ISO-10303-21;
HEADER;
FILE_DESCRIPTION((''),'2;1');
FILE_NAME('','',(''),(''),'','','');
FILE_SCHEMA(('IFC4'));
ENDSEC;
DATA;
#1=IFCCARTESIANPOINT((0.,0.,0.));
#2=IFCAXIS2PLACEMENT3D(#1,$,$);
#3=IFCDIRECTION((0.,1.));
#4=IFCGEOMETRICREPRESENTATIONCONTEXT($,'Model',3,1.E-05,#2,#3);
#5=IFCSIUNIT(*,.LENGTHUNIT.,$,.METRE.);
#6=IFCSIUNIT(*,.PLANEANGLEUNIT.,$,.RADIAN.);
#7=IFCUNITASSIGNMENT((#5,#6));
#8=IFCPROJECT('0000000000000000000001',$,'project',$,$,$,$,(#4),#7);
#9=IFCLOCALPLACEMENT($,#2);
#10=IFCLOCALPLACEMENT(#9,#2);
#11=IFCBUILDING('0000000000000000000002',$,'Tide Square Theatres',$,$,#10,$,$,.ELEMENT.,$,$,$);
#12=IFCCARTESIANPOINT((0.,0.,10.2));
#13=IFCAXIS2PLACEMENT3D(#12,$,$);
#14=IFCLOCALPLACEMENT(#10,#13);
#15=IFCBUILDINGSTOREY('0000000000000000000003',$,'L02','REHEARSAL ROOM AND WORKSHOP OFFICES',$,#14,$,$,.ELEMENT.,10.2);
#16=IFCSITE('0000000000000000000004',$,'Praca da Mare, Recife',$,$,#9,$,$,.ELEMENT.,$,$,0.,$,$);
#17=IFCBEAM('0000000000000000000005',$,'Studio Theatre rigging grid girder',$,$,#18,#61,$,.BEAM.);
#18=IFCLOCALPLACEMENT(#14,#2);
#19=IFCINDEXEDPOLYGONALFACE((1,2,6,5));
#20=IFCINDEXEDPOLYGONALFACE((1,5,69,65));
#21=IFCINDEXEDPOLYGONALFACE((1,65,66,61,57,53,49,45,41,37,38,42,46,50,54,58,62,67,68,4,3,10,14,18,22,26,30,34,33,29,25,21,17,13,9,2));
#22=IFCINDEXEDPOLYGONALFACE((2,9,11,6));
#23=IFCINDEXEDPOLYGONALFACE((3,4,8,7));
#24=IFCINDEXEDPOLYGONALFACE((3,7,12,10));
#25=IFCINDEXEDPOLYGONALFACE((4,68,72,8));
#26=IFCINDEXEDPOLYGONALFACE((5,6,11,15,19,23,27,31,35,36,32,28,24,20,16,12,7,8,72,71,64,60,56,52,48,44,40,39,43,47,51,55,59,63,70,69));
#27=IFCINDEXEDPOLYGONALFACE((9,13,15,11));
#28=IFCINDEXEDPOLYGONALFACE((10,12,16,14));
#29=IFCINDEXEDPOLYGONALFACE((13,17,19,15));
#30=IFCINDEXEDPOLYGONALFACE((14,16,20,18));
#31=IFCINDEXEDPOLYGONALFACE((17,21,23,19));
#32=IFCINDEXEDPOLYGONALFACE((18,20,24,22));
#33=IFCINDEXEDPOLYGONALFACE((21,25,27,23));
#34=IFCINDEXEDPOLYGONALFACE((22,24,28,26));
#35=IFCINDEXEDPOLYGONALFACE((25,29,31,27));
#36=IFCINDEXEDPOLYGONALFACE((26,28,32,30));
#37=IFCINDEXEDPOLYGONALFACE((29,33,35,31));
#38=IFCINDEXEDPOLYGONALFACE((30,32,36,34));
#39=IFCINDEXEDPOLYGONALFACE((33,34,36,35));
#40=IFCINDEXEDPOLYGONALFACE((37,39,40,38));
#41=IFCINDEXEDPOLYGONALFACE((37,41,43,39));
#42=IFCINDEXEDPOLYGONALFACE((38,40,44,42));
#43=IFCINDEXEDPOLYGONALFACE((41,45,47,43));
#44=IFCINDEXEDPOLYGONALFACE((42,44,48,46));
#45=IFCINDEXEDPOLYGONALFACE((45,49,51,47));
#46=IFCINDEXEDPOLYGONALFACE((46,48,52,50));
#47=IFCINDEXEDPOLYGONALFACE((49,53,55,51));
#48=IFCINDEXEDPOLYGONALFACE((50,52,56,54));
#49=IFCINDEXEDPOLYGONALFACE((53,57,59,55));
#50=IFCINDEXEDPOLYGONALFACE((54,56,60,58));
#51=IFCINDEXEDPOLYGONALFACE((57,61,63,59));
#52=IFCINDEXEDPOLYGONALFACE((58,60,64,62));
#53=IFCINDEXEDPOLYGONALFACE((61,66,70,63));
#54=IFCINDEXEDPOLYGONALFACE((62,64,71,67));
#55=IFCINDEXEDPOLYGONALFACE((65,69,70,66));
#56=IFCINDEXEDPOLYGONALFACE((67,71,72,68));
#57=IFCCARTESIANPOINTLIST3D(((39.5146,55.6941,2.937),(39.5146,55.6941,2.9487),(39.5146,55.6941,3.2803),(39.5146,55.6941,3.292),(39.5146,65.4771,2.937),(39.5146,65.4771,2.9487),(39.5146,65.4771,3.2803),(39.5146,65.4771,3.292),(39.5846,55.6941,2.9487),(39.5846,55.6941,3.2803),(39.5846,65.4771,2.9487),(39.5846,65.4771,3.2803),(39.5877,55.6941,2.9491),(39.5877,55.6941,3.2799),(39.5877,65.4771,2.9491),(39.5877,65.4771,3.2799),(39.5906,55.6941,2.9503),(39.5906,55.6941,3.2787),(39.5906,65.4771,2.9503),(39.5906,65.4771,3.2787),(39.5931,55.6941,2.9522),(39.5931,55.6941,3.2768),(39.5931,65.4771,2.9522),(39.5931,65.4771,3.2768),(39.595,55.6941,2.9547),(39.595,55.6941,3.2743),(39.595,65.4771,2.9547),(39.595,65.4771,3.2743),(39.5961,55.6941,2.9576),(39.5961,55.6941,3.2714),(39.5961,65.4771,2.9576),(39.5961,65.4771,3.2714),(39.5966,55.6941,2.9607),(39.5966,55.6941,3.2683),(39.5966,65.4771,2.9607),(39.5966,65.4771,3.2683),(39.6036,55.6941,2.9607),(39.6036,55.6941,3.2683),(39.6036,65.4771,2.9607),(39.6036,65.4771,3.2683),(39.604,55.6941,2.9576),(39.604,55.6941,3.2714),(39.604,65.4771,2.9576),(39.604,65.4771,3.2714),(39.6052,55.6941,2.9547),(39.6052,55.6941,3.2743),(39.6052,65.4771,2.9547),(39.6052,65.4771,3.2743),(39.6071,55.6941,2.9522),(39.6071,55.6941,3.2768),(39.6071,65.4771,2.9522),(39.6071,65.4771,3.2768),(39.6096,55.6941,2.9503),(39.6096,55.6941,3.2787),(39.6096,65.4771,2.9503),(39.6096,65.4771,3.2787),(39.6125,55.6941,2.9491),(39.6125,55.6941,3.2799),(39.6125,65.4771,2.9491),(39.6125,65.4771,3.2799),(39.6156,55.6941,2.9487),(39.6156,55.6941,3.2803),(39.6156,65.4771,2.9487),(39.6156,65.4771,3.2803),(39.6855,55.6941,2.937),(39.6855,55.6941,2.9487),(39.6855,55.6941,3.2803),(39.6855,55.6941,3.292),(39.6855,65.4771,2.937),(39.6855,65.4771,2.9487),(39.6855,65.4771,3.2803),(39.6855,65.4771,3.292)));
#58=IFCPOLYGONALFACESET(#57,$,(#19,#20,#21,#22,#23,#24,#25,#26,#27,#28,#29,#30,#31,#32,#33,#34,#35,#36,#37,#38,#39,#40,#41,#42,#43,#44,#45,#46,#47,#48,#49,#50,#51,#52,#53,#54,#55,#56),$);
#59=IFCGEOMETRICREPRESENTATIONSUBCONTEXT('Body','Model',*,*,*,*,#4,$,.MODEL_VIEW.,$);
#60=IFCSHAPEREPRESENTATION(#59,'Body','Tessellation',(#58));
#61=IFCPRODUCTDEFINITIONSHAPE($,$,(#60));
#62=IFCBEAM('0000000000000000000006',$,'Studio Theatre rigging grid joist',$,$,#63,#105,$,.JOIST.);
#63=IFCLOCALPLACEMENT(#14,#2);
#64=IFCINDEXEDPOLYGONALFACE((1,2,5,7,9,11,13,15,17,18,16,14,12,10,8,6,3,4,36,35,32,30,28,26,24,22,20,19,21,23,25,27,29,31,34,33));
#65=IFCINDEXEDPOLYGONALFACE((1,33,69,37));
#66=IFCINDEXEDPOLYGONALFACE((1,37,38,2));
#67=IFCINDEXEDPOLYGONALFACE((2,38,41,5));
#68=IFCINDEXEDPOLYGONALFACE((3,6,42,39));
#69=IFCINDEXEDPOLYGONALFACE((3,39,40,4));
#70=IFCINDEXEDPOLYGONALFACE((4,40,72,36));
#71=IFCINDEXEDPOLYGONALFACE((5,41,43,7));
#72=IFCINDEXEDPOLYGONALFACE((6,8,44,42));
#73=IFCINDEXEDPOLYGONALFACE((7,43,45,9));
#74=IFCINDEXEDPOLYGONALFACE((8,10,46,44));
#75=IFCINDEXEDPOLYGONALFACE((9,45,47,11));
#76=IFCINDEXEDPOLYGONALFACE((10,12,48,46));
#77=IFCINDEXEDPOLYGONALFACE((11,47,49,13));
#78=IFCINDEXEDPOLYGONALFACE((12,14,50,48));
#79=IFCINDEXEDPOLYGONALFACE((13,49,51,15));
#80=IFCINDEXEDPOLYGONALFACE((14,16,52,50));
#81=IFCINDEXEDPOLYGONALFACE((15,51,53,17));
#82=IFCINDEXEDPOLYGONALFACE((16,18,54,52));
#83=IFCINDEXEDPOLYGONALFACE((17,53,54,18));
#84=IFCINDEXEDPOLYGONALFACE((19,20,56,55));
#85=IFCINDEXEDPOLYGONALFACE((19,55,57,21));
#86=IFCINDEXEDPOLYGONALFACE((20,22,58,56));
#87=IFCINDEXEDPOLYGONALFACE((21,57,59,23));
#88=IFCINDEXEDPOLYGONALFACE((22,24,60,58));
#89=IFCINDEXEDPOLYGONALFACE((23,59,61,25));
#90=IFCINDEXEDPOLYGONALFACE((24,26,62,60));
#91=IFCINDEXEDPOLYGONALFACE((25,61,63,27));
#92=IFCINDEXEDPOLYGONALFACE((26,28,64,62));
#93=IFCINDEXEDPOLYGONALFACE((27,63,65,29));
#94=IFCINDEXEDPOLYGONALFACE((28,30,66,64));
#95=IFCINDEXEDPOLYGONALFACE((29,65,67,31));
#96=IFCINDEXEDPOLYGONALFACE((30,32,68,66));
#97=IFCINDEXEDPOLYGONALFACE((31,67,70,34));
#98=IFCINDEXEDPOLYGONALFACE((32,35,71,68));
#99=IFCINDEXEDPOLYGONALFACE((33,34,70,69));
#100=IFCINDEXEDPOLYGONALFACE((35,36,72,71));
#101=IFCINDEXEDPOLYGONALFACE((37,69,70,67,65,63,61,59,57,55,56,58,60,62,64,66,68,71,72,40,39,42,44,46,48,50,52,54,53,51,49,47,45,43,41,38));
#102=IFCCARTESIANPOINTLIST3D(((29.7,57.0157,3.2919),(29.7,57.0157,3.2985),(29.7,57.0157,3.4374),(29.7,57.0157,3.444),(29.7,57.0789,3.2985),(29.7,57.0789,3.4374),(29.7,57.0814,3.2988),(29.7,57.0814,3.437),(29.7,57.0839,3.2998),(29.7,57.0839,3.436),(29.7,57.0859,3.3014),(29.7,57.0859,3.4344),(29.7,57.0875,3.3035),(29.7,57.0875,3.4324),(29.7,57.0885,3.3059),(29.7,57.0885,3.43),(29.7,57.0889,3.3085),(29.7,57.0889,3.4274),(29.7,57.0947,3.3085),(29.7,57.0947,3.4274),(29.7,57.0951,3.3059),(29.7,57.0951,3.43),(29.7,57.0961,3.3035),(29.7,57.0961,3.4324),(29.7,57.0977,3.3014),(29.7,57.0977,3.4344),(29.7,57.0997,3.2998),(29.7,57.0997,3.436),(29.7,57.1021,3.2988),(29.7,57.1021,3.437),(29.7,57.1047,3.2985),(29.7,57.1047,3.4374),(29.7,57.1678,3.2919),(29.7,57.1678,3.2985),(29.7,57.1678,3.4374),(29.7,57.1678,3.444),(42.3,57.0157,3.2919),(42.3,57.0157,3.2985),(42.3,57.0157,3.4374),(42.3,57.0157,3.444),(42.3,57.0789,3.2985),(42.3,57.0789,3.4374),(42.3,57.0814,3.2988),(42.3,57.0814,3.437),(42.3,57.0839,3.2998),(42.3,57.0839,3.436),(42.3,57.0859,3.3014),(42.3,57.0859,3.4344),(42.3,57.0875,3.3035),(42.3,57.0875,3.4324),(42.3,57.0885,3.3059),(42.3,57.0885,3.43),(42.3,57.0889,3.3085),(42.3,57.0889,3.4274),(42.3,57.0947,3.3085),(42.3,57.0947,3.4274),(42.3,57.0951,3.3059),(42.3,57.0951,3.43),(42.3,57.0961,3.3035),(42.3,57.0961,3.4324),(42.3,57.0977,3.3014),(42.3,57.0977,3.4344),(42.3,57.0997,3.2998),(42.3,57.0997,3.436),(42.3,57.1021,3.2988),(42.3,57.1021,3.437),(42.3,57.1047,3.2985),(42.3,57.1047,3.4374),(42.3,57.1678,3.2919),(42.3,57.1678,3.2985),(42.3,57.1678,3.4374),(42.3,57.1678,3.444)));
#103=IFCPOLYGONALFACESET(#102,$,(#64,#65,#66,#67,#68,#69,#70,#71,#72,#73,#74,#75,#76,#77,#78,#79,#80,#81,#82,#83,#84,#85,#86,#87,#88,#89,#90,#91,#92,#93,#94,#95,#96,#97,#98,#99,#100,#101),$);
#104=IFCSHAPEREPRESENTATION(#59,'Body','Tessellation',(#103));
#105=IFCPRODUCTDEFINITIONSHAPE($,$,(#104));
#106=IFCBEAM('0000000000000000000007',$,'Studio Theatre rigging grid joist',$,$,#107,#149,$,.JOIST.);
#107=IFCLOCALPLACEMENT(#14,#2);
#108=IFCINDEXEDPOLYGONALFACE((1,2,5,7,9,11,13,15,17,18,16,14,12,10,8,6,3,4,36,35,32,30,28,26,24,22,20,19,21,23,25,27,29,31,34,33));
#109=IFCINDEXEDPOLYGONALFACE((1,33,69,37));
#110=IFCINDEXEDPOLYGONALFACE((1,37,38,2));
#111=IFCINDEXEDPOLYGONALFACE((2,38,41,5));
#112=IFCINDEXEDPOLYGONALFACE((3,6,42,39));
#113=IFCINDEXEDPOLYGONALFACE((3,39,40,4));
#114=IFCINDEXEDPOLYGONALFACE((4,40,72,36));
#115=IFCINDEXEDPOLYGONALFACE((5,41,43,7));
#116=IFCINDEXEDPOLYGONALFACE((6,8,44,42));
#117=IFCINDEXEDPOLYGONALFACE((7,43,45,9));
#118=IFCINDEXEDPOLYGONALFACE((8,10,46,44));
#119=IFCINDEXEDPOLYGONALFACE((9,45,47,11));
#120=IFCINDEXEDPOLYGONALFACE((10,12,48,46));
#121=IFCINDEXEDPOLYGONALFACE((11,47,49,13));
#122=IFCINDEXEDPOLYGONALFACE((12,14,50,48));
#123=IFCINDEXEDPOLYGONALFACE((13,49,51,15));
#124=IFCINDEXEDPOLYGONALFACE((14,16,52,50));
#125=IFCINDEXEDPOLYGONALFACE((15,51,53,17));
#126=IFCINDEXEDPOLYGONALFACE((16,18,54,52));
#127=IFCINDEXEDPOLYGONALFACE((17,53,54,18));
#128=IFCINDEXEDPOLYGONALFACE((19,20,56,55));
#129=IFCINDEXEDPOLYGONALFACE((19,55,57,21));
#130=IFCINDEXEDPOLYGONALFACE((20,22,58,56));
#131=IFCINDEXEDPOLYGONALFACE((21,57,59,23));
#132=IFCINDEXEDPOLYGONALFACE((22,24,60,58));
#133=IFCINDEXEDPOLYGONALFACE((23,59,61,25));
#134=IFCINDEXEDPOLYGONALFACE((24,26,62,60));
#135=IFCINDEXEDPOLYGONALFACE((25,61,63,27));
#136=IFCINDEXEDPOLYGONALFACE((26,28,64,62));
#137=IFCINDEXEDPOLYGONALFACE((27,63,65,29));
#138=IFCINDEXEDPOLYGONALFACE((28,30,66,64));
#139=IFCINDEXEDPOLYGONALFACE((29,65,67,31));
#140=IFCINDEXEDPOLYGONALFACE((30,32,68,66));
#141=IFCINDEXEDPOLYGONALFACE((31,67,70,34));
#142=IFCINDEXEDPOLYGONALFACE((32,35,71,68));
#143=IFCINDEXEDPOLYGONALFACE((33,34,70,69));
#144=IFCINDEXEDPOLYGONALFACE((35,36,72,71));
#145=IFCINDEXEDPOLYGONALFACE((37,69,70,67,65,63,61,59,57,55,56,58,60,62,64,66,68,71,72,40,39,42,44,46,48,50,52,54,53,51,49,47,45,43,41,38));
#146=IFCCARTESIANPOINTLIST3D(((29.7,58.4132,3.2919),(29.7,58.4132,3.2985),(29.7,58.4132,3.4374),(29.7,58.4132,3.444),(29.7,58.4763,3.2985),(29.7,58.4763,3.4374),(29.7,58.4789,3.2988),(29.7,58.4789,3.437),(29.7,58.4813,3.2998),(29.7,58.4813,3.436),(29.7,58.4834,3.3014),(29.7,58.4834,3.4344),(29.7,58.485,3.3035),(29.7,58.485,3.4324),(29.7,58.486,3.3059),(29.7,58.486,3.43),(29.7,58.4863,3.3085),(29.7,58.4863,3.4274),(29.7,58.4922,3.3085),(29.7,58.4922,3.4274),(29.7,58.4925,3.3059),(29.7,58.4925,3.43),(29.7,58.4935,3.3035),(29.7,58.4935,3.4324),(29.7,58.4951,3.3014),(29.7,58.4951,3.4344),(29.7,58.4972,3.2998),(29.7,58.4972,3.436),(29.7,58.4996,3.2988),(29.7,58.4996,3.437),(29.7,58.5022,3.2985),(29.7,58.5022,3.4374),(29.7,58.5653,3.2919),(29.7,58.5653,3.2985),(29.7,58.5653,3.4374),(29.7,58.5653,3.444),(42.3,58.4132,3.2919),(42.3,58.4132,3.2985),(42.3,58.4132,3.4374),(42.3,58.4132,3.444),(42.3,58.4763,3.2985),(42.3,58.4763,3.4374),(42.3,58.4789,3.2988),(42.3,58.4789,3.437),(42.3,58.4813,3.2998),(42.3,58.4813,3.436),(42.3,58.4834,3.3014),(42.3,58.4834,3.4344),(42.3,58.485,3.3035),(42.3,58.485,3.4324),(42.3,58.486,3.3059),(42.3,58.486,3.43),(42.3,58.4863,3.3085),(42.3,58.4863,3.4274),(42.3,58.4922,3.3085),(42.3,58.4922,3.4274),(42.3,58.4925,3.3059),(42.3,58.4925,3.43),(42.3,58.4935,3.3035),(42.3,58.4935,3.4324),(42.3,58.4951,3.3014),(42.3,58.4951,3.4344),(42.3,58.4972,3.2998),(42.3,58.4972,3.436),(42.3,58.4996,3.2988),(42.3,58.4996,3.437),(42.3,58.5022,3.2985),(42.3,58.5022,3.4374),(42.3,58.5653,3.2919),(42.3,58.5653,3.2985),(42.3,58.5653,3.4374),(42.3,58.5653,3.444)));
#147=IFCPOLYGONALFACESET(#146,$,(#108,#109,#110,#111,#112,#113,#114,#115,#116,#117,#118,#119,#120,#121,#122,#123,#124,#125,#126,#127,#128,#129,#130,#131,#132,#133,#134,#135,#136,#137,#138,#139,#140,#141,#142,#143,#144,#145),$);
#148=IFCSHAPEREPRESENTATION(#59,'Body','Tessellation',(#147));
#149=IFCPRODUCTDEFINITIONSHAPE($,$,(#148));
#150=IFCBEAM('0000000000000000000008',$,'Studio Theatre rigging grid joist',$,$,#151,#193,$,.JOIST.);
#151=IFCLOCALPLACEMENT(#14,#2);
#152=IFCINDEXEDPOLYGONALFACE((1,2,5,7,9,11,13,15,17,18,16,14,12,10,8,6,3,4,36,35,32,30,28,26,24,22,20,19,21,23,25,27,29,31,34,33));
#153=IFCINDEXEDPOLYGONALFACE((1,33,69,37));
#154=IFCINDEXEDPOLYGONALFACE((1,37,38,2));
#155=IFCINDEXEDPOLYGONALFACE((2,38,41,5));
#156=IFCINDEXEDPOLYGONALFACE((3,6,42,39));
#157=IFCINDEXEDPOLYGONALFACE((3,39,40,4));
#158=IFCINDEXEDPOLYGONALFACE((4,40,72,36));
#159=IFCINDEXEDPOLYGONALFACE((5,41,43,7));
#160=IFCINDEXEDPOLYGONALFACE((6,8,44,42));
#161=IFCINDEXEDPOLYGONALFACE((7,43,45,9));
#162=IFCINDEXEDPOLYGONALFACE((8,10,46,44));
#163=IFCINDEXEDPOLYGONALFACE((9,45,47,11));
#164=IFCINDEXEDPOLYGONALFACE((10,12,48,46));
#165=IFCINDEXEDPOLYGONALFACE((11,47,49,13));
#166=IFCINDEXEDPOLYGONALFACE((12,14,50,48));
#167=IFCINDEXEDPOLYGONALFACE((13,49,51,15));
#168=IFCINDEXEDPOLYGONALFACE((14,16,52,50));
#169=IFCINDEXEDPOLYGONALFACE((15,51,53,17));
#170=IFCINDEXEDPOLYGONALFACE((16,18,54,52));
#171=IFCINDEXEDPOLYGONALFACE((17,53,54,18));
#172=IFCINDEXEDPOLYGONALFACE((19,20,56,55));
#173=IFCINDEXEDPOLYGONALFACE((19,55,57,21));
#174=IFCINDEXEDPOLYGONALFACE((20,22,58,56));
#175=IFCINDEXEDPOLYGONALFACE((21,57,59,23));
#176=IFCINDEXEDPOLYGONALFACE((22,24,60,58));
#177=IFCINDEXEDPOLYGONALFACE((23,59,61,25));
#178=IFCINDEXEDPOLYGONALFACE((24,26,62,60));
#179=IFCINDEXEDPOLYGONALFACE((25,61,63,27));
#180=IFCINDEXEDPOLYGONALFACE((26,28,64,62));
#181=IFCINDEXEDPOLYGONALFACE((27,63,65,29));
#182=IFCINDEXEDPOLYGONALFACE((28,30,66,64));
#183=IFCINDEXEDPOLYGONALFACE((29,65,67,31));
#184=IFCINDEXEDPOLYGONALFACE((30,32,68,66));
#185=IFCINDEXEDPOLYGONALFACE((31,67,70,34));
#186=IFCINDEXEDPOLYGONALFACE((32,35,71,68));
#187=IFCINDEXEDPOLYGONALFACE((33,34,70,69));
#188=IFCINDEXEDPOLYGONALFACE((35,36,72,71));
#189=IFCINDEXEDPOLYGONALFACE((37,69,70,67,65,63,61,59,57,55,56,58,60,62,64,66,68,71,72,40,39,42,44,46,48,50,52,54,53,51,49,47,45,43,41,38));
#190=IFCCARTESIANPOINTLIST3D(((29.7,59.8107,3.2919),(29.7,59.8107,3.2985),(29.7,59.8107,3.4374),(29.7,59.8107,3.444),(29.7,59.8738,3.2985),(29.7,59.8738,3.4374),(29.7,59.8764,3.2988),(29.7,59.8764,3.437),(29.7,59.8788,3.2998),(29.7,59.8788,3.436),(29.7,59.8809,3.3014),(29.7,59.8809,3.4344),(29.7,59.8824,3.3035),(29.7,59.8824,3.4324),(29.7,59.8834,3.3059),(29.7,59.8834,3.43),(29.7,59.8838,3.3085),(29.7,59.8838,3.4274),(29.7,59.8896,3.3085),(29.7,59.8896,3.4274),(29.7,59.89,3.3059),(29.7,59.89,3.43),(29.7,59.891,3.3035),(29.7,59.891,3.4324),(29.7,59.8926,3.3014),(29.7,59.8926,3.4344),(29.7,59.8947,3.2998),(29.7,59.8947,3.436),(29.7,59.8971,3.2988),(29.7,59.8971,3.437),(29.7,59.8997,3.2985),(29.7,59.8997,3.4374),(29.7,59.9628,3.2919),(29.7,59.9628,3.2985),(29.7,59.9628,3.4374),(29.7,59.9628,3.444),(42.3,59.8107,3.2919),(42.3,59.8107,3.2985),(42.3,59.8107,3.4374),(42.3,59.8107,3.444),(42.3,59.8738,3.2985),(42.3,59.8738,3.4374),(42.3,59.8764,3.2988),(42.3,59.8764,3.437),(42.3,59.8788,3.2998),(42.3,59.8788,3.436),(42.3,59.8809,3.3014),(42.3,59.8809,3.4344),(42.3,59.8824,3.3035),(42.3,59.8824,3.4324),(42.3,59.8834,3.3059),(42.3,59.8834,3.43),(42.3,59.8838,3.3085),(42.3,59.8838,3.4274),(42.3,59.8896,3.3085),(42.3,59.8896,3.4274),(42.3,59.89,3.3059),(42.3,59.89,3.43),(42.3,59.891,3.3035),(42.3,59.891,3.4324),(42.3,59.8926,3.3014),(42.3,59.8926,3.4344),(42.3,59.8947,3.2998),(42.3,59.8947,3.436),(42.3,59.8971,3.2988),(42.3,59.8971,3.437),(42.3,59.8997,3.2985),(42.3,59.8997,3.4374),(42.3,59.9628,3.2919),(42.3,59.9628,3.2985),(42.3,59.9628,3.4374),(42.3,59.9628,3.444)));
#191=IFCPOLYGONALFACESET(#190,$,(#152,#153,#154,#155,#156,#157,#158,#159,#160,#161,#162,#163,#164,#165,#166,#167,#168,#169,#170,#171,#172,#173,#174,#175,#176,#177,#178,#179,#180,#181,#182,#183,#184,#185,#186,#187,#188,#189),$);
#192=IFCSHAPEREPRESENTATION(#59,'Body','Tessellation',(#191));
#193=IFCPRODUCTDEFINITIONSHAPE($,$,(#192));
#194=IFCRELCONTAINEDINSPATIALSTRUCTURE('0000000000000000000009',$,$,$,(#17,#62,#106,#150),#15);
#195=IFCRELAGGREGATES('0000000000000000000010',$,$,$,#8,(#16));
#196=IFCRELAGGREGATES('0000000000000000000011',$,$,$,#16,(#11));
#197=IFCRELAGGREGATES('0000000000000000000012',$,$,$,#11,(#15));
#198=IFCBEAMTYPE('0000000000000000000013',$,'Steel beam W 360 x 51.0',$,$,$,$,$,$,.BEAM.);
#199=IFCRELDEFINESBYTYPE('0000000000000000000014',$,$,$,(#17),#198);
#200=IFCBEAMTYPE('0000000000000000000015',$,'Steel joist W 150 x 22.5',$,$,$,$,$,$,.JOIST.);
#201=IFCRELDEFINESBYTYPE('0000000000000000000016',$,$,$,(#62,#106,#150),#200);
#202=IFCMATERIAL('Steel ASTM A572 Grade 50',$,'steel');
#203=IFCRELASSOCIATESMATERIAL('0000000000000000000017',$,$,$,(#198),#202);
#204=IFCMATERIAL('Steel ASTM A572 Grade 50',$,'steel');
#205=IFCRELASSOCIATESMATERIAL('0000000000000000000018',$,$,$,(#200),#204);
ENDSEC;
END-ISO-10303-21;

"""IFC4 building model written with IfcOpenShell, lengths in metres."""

from ifc_helpers import new_model, si_unit, direction, frame, origin, origin_2d, place, context, subcontext, project, spatial, i_section, extrude, material, material_profile, profile_set, type_object, element, save


model = new_model("IFC4")

# Units and contexts
model_context = context("Model", 3, precision=1e-05, world=origin(), true_north=direction((0.0, 1.0)))
body_context = subcontext(model_context, "Body", "Model", "MODEL_VIEW")
ifc_project = project(units=[si_unit("LENGTHUNIT", "METRE"), si_unit("PLANEANGLEUNIT", "RADIAN")], contexts=[model_context])

# Site, building, storey
site_placement = place(None, origin())
site = spatial("IfcSite", under=ifc_project, at=site_placement, Name="Praca da Mare, Recife", CompositionType="ELEMENT", RefElevation=0.0)
building_placement = place(site_placement, origin())
building = spatial("IfcBuilding", under=site, at=building_placement, Name="Tide Square Theatres", CompositionType="ELEMENT")
storey_placement = place(building_placement, frame((0.0, 0.0, 10.2)))
storey = spatial("IfcBuildingStorey", under=building, at=storey_placement, Name="L02", Description="REHEARSAL ROOM AND WORKSHOP OFFICES", CompositionType="ELEMENT", Elevation=10.2)

# Beams
ifc_material_1 = material(Name="Steel ASTM A572 Grade 50", Category="steel")
ifc_material_profile_1 = material_profile(ifc_material_1, i_section(OverallWidth=0.1709, OverallDepth=0.355, WebThickness=0.0071, FlangeThickness=0.0117, FilletRadius=0.012, at=origin_2d()))
ifc_profile_set_1 = profile_set([ifc_material_profile_1], Name="Steel ASTM A572 Grade 50")
beam_type_1 = type_object("IfcBeamType", Name="Steel beam W 360 x 51.0", PredefinedType="BEAM", material=ifc_profile_set_1)
for number, where, z_axis, x_axis, name in (
    (1, (39.6001, 55.6941, 3.1145), (0.0, 1.0, 0.0), (-1.0, 0.0, 0.0), "Studio Theatre rigging grid girder"),
):
    element("IfcBeam", number, at=place(storey_placement, frame(where, z_axis=z_axis, x_axis=x_axis)), inside=storey, type_object=beam_type_1, Name=name, PredefinedType="BEAM", context=body_context, shape_type="SweptSolid", body=[
        extrude(i_section(OverallWidth=0.1709, OverallDepth=0.355, WebThickness=0.0071, FlangeThickness=0.0117, FilletRadius=0.012, at=origin_2d()), origin(), (0.0, 0.0, 1.0), 9.783),
    ])
ifc_material_2 = material(Name="Steel ASTM A572 Grade 50", Category="steel")
ifc_material_profile_2 = material_profile(ifc_material_2, i_section(OverallWidth=0.1521, OverallDepth=0.1521, WebThickness=0.0059, FlangeThickness=0.0066, FilletRadius=0.01, at=origin_2d()))
ifc_profile_set_2 = profile_set([ifc_material_profile_2], Name="Steel ASTM A572 Grade 50")
beam_type_2 = type_object("IfcBeamType", Name="Steel joist W 150 x 22.5", PredefinedType="JOIST", material=ifc_profile_set_2)
for number, where, z_axis, x_axis, name in (
    (2, (42.3, 57.0918, 3.3679), (-1.0, 0.0, 0.0), (0.0, -1.0, 0.0), "Studio Theatre rigging grid joist"),
    (3, (42.3, 58.4893, 3.3679), (-1.0, 0.0, 0.0), (0.0, -1.0, 0.0), "Studio Theatre rigging grid joist"),
    (4, (42.3, 59.8867, 3.3679), (-1.0, 0.0, 0.0), (0.0, -1.0, 0.0), "Studio Theatre rigging grid joist"),
):
    element("IfcBeam", number, at=place(storey_placement, frame(where, z_axis=z_axis, x_axis=x_axis)), inside=storey, type_object=beam_type_2, Name=name, PredefinedType="JOIST", context=body_context, shape_type="SweptSolid", body=[
        extrude(i_section(OverallWidth=0.1521, OverallDepth=0.1521, WebThickness=0.0059, FlangeThickness=0.0066, FilletRadius=0.01, at=origin_2d()), origin(), (0.0, 0.0, 1.0), 12.6001),
    ])

save(model, "model.ifc")
